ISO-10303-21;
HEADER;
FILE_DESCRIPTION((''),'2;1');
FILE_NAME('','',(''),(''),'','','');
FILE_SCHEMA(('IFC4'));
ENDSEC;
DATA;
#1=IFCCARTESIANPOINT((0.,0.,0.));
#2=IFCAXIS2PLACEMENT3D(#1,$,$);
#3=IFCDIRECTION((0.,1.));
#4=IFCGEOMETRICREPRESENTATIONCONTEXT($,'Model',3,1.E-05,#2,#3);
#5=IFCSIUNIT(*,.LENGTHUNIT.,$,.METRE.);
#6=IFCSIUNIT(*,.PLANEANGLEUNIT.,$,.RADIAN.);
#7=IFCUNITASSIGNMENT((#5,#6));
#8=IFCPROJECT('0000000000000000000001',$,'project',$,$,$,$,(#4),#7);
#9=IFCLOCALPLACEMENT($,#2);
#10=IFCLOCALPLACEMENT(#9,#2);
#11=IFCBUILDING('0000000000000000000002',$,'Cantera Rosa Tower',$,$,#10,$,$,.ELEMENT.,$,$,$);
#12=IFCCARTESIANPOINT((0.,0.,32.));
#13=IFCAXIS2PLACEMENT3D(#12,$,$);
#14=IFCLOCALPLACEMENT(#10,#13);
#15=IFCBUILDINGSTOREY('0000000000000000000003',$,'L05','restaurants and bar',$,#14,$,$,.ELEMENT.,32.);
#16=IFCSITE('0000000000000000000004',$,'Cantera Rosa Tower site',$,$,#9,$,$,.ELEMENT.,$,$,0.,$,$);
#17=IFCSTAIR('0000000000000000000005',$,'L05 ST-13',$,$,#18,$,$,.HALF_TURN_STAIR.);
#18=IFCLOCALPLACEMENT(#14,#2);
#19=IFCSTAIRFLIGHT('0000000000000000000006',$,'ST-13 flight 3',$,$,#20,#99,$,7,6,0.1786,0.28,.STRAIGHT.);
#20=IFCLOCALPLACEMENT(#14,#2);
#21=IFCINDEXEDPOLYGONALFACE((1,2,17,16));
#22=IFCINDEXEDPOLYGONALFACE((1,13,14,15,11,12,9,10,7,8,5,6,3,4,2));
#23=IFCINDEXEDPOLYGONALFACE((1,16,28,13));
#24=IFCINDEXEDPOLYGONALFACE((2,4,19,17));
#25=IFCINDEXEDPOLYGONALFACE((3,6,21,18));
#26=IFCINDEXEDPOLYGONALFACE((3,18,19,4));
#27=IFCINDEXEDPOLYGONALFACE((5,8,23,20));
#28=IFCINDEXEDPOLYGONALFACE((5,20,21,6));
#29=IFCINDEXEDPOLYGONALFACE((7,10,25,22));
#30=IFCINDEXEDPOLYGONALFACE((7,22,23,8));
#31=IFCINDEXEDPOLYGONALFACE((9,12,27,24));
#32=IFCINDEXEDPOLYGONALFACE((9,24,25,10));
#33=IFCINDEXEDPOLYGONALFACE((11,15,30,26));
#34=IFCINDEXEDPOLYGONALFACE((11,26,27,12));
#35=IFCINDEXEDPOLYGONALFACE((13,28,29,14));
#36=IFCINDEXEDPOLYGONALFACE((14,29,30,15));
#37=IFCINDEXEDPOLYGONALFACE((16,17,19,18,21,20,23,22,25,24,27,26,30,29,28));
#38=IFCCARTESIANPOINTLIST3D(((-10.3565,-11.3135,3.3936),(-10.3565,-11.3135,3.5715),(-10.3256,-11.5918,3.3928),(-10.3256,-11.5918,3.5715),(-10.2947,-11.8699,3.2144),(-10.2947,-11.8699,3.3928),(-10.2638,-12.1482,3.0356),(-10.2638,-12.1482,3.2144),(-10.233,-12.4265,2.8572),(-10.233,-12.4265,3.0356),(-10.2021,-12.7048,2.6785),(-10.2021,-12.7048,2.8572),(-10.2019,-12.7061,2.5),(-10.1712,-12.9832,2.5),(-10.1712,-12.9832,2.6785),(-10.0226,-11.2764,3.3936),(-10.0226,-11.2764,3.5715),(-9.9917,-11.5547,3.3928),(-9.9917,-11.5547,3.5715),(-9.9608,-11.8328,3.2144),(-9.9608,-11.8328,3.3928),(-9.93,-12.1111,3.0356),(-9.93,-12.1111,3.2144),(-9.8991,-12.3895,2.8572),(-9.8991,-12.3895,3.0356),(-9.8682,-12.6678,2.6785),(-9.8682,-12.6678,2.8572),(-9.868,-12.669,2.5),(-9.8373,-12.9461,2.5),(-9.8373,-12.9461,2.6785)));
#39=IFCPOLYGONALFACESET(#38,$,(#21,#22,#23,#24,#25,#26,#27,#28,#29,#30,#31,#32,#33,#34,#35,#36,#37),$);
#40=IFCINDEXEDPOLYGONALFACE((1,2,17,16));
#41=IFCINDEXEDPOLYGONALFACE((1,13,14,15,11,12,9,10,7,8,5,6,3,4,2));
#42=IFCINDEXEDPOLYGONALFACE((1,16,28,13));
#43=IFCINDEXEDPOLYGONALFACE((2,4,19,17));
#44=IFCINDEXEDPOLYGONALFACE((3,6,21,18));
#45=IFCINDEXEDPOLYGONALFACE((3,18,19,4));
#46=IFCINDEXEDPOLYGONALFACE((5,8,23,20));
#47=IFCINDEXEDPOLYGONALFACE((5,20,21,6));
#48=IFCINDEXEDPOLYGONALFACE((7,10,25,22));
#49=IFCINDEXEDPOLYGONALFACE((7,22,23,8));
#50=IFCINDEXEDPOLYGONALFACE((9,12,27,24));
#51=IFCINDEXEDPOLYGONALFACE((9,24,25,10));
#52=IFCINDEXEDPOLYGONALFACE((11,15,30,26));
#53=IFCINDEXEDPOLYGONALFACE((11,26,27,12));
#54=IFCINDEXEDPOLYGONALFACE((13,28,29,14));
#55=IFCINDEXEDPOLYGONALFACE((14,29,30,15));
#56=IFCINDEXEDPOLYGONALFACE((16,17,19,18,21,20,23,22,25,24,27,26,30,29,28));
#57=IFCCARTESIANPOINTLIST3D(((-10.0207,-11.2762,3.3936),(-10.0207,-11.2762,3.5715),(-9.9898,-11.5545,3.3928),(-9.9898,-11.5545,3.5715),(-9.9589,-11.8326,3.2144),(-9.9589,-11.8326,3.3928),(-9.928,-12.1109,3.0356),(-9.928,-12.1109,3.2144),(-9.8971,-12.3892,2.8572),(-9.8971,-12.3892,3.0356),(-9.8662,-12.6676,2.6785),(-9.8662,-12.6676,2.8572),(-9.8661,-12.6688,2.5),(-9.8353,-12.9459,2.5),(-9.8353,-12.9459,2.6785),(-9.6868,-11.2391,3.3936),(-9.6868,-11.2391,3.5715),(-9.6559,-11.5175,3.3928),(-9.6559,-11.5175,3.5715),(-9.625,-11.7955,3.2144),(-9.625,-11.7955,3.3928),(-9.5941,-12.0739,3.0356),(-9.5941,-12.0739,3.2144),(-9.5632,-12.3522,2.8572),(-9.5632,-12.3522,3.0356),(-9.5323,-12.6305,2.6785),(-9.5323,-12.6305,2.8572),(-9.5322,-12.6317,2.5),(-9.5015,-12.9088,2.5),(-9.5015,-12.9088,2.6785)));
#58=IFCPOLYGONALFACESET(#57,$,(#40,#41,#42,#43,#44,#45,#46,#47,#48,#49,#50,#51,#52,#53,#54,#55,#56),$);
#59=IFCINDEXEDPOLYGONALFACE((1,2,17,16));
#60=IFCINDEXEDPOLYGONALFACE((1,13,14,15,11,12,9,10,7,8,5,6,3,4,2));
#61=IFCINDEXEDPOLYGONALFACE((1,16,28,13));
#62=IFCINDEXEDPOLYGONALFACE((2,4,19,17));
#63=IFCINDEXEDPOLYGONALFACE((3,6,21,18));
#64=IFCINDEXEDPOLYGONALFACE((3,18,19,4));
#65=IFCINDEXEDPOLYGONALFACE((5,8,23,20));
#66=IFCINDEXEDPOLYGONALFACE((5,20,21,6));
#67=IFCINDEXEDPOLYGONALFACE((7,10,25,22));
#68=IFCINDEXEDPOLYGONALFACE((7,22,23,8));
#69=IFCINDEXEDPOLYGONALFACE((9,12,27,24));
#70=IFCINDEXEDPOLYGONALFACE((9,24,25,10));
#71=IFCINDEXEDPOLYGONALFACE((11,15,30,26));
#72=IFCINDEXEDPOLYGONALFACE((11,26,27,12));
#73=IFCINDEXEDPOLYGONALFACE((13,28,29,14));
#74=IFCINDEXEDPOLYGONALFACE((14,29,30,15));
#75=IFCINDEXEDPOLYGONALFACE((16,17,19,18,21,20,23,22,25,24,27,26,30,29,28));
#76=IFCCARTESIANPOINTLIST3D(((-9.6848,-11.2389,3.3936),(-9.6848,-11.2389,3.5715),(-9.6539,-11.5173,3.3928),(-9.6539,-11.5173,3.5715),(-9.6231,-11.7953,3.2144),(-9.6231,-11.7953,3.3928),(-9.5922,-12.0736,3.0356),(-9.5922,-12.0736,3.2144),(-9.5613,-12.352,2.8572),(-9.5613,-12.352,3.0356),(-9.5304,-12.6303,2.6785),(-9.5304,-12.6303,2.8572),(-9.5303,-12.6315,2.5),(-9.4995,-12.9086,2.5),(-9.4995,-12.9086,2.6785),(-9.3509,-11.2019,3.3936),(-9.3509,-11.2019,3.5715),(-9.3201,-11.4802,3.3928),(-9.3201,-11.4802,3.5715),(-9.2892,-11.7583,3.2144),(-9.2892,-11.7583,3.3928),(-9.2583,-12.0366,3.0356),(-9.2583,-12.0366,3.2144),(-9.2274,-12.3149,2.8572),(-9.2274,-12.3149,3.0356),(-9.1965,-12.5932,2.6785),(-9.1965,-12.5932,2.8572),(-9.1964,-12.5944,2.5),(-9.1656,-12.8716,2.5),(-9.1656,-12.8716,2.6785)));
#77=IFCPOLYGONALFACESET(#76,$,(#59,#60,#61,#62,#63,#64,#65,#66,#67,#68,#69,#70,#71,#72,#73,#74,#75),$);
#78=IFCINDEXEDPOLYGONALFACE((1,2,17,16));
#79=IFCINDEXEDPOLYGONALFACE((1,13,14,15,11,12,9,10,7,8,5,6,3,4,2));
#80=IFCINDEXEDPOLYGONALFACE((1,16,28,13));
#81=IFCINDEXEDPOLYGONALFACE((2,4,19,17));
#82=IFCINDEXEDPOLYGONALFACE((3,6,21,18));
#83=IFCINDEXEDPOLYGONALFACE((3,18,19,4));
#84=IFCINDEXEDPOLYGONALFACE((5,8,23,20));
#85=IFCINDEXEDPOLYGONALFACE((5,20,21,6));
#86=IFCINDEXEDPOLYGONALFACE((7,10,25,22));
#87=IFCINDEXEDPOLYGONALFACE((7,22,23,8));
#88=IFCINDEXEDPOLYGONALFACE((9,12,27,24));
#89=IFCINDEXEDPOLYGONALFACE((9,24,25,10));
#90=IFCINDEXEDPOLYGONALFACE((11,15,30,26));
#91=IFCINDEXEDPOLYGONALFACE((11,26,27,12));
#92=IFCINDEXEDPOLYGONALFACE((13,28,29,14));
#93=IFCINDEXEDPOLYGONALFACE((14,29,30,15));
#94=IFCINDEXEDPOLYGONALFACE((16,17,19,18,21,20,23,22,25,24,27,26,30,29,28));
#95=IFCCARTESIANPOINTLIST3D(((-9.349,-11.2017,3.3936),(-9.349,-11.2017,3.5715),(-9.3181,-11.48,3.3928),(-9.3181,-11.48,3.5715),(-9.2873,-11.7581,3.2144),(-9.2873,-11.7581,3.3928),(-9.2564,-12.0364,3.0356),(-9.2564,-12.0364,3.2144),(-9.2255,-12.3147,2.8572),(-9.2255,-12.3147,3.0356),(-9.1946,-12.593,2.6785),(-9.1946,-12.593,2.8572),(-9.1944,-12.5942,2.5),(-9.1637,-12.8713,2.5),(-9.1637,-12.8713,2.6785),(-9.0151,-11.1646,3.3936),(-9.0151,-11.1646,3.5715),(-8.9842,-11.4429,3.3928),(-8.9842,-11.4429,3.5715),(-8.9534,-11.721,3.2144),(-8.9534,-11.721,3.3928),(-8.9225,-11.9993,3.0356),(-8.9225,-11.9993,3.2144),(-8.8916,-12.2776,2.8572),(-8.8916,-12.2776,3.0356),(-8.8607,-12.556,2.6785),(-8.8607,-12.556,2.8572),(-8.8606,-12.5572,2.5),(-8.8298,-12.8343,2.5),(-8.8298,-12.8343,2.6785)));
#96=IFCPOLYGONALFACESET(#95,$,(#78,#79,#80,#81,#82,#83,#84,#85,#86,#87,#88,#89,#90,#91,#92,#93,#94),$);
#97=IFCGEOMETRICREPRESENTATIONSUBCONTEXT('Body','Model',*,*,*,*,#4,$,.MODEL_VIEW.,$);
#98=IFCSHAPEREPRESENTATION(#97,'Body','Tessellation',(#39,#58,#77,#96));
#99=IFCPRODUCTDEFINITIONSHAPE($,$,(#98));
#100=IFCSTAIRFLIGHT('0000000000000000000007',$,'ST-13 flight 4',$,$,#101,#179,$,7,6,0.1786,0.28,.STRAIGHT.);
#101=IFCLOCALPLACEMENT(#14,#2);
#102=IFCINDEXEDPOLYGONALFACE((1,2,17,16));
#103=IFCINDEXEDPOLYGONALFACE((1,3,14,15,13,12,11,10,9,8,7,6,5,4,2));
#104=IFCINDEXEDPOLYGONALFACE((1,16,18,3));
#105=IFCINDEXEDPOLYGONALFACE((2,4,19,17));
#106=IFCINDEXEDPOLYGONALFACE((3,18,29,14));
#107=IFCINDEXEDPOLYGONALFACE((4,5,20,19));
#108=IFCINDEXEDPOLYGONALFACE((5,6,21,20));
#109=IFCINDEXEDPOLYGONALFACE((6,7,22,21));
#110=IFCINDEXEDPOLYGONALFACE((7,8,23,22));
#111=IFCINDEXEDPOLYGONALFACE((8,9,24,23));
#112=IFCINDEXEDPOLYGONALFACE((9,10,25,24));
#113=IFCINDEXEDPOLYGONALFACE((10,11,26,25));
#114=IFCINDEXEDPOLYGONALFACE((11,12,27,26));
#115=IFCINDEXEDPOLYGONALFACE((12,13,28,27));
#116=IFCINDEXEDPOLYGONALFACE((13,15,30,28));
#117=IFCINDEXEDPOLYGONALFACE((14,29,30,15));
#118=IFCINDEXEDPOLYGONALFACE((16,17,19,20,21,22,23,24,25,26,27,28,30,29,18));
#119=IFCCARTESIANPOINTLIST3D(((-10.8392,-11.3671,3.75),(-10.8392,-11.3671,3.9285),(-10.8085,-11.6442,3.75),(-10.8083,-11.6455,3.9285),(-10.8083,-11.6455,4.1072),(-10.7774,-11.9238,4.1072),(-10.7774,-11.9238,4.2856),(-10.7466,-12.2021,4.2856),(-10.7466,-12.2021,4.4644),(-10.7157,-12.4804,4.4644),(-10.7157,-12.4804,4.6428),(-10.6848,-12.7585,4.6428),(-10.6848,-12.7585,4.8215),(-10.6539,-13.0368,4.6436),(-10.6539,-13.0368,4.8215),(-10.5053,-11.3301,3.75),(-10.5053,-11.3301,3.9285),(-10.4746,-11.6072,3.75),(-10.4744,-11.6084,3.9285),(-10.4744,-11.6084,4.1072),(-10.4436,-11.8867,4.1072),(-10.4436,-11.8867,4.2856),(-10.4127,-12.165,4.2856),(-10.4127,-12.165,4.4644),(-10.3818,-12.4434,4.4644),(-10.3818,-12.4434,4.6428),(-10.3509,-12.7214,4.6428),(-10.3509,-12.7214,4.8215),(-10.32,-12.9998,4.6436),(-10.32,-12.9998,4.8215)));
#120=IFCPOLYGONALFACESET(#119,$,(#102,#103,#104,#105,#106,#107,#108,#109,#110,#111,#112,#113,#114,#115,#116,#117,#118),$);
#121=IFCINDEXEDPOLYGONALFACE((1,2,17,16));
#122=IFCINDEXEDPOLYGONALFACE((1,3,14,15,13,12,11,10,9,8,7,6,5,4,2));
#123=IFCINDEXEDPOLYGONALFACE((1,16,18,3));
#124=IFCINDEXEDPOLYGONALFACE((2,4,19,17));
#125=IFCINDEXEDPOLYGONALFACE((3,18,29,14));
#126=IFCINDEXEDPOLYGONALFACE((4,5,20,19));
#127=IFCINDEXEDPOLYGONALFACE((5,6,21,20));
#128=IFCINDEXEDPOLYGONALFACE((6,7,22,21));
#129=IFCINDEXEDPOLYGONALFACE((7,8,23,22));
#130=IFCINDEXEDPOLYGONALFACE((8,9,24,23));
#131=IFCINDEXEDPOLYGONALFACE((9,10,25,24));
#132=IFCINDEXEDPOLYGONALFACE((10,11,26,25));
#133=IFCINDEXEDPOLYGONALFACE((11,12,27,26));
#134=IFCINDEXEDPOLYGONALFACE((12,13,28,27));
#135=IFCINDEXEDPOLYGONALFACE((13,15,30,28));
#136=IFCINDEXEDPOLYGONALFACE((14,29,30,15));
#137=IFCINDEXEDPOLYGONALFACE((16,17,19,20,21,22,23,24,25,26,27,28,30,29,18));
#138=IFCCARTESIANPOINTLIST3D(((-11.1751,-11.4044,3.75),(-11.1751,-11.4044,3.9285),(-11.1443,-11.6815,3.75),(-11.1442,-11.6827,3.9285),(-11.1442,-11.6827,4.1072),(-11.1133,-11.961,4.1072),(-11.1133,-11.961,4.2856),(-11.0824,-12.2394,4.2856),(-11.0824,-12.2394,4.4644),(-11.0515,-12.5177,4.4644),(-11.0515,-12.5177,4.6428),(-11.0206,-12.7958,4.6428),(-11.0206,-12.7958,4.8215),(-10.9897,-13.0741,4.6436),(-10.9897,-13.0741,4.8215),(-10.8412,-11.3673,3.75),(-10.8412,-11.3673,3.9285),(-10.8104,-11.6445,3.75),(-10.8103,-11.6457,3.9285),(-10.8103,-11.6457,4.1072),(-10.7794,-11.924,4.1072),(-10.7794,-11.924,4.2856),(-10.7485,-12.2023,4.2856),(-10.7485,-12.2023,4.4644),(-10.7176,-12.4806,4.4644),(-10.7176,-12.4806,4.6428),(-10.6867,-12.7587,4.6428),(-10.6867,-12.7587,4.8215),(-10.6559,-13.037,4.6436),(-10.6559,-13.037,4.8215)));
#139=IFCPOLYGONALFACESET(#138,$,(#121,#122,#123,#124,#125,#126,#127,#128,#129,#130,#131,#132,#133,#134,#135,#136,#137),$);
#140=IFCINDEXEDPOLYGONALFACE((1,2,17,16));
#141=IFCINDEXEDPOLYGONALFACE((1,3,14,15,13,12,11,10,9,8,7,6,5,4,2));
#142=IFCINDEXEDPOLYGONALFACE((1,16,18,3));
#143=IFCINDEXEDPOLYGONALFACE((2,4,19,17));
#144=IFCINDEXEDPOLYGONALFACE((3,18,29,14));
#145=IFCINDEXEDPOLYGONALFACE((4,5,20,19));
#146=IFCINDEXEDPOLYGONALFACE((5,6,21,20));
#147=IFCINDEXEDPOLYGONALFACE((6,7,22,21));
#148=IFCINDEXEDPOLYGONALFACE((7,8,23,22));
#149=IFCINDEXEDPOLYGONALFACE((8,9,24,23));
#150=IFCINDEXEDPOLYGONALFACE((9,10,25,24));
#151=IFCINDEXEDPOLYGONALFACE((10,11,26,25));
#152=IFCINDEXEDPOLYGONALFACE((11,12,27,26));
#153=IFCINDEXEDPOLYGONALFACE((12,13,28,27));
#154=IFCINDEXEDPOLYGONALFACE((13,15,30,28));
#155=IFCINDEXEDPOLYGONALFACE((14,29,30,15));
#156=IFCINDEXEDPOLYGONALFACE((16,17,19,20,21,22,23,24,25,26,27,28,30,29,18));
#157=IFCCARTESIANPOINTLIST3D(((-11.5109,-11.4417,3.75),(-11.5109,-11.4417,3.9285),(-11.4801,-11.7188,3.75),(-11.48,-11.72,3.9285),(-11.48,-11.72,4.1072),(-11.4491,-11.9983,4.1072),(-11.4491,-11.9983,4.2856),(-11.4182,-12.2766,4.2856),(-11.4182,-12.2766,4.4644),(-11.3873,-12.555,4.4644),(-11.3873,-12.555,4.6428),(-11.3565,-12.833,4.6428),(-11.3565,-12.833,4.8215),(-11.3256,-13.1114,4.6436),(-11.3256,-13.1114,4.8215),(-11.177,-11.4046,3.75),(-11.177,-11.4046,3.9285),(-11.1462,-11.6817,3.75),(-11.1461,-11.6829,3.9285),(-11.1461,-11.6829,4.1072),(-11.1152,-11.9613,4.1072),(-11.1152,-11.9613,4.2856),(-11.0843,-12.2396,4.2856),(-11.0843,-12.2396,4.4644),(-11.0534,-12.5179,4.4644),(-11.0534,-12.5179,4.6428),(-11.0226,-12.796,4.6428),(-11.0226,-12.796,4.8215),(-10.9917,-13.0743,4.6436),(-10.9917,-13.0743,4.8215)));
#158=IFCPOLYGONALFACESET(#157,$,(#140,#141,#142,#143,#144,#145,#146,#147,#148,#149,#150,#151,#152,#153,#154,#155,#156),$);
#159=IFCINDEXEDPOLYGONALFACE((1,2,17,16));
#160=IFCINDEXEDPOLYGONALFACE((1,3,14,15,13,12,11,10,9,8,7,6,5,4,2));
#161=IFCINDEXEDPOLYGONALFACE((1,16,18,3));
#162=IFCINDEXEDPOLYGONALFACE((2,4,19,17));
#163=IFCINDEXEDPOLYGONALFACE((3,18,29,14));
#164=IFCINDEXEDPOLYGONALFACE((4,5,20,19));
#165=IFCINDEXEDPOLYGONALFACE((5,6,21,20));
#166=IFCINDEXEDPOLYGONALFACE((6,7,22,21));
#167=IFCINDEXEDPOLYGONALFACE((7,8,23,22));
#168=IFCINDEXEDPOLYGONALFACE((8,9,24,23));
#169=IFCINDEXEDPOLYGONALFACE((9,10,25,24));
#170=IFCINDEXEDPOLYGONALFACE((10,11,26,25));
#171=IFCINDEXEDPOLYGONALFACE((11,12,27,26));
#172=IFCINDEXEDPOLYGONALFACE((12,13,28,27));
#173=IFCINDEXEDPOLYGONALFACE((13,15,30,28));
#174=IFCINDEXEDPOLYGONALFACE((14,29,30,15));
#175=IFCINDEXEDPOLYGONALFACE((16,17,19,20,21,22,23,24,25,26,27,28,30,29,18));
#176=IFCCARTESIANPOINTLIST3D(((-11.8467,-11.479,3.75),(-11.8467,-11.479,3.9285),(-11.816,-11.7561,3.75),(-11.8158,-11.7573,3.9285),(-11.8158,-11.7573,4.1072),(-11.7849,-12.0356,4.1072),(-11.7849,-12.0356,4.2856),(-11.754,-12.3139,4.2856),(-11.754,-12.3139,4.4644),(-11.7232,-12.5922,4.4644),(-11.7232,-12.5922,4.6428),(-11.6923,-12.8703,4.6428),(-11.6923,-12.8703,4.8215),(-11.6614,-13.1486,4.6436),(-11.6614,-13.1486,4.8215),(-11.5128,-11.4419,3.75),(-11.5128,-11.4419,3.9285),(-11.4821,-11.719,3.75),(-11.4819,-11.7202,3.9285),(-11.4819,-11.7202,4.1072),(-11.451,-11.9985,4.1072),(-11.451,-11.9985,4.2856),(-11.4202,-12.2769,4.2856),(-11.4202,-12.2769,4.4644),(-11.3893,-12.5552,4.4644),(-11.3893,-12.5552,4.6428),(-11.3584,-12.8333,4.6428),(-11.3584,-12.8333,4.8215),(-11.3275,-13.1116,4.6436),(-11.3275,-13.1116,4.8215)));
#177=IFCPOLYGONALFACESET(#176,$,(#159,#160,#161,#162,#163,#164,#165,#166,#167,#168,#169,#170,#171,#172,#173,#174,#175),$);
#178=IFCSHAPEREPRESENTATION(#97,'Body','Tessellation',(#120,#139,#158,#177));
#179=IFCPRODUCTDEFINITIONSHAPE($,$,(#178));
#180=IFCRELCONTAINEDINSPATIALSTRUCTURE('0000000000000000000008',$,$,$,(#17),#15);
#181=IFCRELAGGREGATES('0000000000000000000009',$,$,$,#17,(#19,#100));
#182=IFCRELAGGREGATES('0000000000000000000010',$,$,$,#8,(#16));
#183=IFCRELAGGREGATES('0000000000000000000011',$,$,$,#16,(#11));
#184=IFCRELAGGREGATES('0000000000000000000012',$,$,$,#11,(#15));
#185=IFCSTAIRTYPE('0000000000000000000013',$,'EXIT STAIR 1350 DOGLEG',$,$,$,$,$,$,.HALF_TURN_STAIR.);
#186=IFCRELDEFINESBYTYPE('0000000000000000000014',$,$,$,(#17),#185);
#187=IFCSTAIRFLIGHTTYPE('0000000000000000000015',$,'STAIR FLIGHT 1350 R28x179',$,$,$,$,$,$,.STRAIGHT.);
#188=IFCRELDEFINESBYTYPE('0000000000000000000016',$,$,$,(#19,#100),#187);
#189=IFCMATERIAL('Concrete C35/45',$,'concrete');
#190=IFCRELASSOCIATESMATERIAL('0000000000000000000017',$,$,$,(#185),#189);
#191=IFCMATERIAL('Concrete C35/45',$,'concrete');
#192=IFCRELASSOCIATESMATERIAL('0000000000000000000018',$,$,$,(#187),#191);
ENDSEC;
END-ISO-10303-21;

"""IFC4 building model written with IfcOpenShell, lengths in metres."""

from ifc_helpers import new_model, si_unit, direction, frame, origin, place, context, subcontext, project, spatial, polyline, outline, extrude, material, type_object, element, aggregate, save


model = new_model("IFC4")

# Units and contexts
model_context = context("Model", 3, precision=1e-05, world=origin(), true_north=direction((0.0, 1.0)))
body_context = subcontext(model_context, "Body", "Model", "MODEL_VIEW")
ifc_project = project(units=[si_unit("LENGTHUNIT", "METRE"), si_unit("PLANEANGLEUNIT", "RADIAN")], contexts=[model_context])

# Site, building, storey
site_placement = place(None, origin())
site = spatial("IfcSite", under=ifc_project, at=site_placement, Name="Cantera Rosa Tower site", CompositionType="ELEMENT", RefElevation=0.0)
building_placement = place(site_placement, origin())
building = spatial("IfcBuilding", under=site, at=building_placement, Name="Cantera Rosa Tower", CompositionType="ELEMENT")
storey_placement = place(building_placement, frame((0.0, 0.0, 32.0)))
storey = spatial("IfcBuildingStorey", under=building, at=storey_placement, Name="L05", Description="restaurants and bar", CompositionType="ELEMENT", Elevation=32.0)

# Stair, stair flights
ifc_material_1 = material(Name="Concrete C35/45", Category="concrete")
stair_type = type_object("IfcStairType", Name="EXIT STAIR 1350 DOGLEG", PredefinedType="HALF_TURN_STAIR", material=ifc_material_1)
stair_placement = place(storey_placement, origin())
stair = element("IfcStair", 1, at=stair_placement, inside=storey, type_object=stair_type, Name="L05 ST-13", PredefinedType="HALF_TURN_STAIR")
ifc_material_2 = material(Name="Concrete C35/45", Category="concrete")
stair_flight_type = type_object("IfcStairFlightType", Name="STAIR FLIGHT 1350 R28x179", PredefinedType="STRAIGHT", material=ifc_material_2)
stair_flight_1_placement = place(storey_placement, frame((-9.5002, -12.9087, 2.5), z_axis=(0.0, 0.0, 1.0), x_axis=(-0.110313, 0.993897, 0.0)))
stair_flight_1 = element("IfcStairFlight", 2, at=stair_flight_1_placement, type_object=stair_flight_type, Name="ST-13 flight 3", NumberOfRisers=7, NumberOfTreads=6, PredefinedType="STRAIGHT", RiserHeight=0.1786, TreadLength=0.28, context=body_context, shape_type="SweptSolid", body=[
    extrude(outline(polyline([(0.0, 0.0), (0.0, 0.1785), (0.28, 0.1785), (0.28, 0.3572), (0.5601, 0.3572), (0.5601, 0.5356), (0.8401, 0.5356), (0.8401, 0.7144), (1.1201, 0.7144), (1.1201, 0.8928), (1.3999, 0.8928), (1.3999, 1.0715), (1.6799, 1.0715), (1.6799, 1.25), (1.6799, 0.8936), (0.2788, 0.0), (0.0, 0.0)])), frame((0.0, 0.675, 0.0), z_axis=(0.0, -1.0, 0.0), x_axis=(1.0, 0.0, 0.0)), (0.0, 0.0, 1.0), 0.3359),
    extrude(outline(polyline([(0.0, 0.0), (0.0, 0.1785), (0.28, 0.1785), (0.28, 0.3572), (0.5601, 0.3572), (0.5601, 0.5356), (0.8401, 0.5356), (0.8401, 0.7144), (1.1201, 0.7144), (1.1201, 0.8928), (1.3999, 0.8928), (1.3999, 1.0715), (1.6799, 1.0715), (1.6799, 1.25), (1.6799, 0.8936), (0.2788, 0.0), (0.0, 0.0)])), frame((0.0, 0.3372, 0.0), z_axis=(0.0, -1.0, 0.0), x_axis=(1.0, 0.0, 0.0)), (0.0, 0.0, 1.0), 0.3359),
    extrude(outline(polyline([(0.0, 0.0), (0.0, 0.1785), (0.28, 0.1785), (0.28, 0.3572), (0.5601, 0.3572), (0.5601, 0.5356), (0.8401, 0.5356), (0.8401, 0.7144), (1.1201, 0.7144), (1.1201, 0.8928), (1.3999, 0.8928), (1.3999, 1.0715), (1.6799, 1.0715), (1.6799, 1.25), (1.6799, 0.8936), (0.2788, 0.0), (0.0, 0.0)])), frame((0.0, -0.0007, 0.0), z_axis=(0.0, -1.0, 0.0), x_axis=(1.0, 0.0, 0.0)), (0.0, 0.0, 1.0), 0.3359),
    extrude(outline(polyline([(0.0, 0.0), (0.0, 0.1785), (0.28, 0.1785), (0.28, 0.3572), (0.5601, 0.3572), (0.5601, 0.5356), (0.8401, 0.5356), (0.8401, 0.7144), (1.1201, 0.7144), (1.1201, 0.8928), (1.3999, 0.8928), (1.3999, 1.0715), (1.6799, 1.0715), (1.6799, 1.25), (1.6799, 0.8936), (0.2788, 0.0), (0.0, 0.0)])), frame((0.0, -0.3386, 0.0), z_axis=(0.0, -1.0, 0.0), x_axis=(1.0, 0.0, 0.0)), (0.0, 0.0, 1.0), 0.3359),
])
stair_flight_2_placement = place(storey_placement, frame((-11.1763, -11.4045, 3.75), z_axis=(0.0, 0.0, 1.0), x_axis=(0.110313, -0.993897, 0.0)))
stair_flight_2 = element("IfcStairFlight", 3, at=stair_flight_2_placement, type_object=stair_flight_type, Name="ST-13 flight 4", NumberOfRisers=7, NumberOfTreads=6, PredefinedType="STRAIGHT", RiserHeight=0.1786, TreadLength=0.28, context=body_context, shape_type="SweptSolid", body=[
    extrude(outline(polyline([(0.0, 0.0), (0.0, 0.1785), (0.28, 0.1785), (0.28, 0.3572), (0.5601, 0.3572), (0.5601, 0.5356), (0.8401, 0.5356), (0.8401, 0.7144), (1.1201, 0.7144), (1.1201, 0.8928), (1.3999, 0.8928), (1.3999, 1.0715), (1.6799, 1.0715), (1.6799, 1.25), (1.6799, 0.8936), (0.2788, 0.0), (0.0, 0.0)])), frame((0.0, 0.675, 0.0), z_axis=(0.0, -1.0, 0.0), x_axis=(1.0, 0.0, 0.0)), (0.0, 0.0, 1.0), 0.3359),
    extrude(outline(polyline([(0.0, 0.0), (0.0, 0.1785), (0.28, 0.1785), (0.28, 0.3572), (0.5601, 0.3572), (0.5601, 0.5356), (0.8401, 0.5356), (0.8401, 0.7144), (1.1201, 0.7144), (1.1201, 0.8928), (1.3999, 0.8928), (1.3999, 1.0715), (1.6799, 1.0715), (1.6799, 1.25), (1.6799, 0.8936), (0.2788, 0.0), (0.0, 0.0)])), frame((0.0, 0.3372, 0.0), z_axis=(0.0, -1.0, 0.0), x_axis=(1.0, 0.0, 0.0)), (0.0, 0.0, 1.0), 0.3359),
    extrude(outline(polyline([(0.0, 0.0), (0.0, 0.1785), (0.28, 0.1785), (0.28, 0.3572), (0.5601, 0.3572), (0.5601, 0.5356), (0.8401, 0.5356), (0.8401, 0.7144), (1.1201, 0.7144), (1.1201, 0.8928), (1.3999, 0.8928), (1.3999, 1.0715), (1.6799, 1.0715), (1.6799, 1.25), (1.6799, 0.8936), (0.2788, 0.0), (0.0, 0.0)])), frame((0.0, -0.0007, 0.0), z_axis=(0.0, -1.0, 0.0), x_axis=(1.0, 0.0, 0.0)), (0.0, 0.0, 1.0), 0.3359),
    extrude(outline(polyline([(0.0, 0.0), (0.0, 0.1785), (0.28, 0.1785), (0.28, 0.3572), (0.5601, 0.3572), (0.5601, 0.5356), (0.8401, 0.5356), (0.8401, 0.7144), (1.1201, 0.7144), (1.1201, 0.8928), (1.3999, 0.8928), (1.3999, 1.0715), (1.6799, 1.0715), (1.6799, 1.25), (1.6799, 0.8936), (0.2788, 0.0), (0.0, 0.0)])), frame((0.0, -0.3386, 0.0), z_axis=(0.0, -1.0, 0.0), x_axis=(1.0, 0.0, 0.0)), (0.0, 0.0, 1.0), 0.3359),
])
aggregate(stair, [stair_flight_1, stair_flight_2])

save(model, "model.ifc")
